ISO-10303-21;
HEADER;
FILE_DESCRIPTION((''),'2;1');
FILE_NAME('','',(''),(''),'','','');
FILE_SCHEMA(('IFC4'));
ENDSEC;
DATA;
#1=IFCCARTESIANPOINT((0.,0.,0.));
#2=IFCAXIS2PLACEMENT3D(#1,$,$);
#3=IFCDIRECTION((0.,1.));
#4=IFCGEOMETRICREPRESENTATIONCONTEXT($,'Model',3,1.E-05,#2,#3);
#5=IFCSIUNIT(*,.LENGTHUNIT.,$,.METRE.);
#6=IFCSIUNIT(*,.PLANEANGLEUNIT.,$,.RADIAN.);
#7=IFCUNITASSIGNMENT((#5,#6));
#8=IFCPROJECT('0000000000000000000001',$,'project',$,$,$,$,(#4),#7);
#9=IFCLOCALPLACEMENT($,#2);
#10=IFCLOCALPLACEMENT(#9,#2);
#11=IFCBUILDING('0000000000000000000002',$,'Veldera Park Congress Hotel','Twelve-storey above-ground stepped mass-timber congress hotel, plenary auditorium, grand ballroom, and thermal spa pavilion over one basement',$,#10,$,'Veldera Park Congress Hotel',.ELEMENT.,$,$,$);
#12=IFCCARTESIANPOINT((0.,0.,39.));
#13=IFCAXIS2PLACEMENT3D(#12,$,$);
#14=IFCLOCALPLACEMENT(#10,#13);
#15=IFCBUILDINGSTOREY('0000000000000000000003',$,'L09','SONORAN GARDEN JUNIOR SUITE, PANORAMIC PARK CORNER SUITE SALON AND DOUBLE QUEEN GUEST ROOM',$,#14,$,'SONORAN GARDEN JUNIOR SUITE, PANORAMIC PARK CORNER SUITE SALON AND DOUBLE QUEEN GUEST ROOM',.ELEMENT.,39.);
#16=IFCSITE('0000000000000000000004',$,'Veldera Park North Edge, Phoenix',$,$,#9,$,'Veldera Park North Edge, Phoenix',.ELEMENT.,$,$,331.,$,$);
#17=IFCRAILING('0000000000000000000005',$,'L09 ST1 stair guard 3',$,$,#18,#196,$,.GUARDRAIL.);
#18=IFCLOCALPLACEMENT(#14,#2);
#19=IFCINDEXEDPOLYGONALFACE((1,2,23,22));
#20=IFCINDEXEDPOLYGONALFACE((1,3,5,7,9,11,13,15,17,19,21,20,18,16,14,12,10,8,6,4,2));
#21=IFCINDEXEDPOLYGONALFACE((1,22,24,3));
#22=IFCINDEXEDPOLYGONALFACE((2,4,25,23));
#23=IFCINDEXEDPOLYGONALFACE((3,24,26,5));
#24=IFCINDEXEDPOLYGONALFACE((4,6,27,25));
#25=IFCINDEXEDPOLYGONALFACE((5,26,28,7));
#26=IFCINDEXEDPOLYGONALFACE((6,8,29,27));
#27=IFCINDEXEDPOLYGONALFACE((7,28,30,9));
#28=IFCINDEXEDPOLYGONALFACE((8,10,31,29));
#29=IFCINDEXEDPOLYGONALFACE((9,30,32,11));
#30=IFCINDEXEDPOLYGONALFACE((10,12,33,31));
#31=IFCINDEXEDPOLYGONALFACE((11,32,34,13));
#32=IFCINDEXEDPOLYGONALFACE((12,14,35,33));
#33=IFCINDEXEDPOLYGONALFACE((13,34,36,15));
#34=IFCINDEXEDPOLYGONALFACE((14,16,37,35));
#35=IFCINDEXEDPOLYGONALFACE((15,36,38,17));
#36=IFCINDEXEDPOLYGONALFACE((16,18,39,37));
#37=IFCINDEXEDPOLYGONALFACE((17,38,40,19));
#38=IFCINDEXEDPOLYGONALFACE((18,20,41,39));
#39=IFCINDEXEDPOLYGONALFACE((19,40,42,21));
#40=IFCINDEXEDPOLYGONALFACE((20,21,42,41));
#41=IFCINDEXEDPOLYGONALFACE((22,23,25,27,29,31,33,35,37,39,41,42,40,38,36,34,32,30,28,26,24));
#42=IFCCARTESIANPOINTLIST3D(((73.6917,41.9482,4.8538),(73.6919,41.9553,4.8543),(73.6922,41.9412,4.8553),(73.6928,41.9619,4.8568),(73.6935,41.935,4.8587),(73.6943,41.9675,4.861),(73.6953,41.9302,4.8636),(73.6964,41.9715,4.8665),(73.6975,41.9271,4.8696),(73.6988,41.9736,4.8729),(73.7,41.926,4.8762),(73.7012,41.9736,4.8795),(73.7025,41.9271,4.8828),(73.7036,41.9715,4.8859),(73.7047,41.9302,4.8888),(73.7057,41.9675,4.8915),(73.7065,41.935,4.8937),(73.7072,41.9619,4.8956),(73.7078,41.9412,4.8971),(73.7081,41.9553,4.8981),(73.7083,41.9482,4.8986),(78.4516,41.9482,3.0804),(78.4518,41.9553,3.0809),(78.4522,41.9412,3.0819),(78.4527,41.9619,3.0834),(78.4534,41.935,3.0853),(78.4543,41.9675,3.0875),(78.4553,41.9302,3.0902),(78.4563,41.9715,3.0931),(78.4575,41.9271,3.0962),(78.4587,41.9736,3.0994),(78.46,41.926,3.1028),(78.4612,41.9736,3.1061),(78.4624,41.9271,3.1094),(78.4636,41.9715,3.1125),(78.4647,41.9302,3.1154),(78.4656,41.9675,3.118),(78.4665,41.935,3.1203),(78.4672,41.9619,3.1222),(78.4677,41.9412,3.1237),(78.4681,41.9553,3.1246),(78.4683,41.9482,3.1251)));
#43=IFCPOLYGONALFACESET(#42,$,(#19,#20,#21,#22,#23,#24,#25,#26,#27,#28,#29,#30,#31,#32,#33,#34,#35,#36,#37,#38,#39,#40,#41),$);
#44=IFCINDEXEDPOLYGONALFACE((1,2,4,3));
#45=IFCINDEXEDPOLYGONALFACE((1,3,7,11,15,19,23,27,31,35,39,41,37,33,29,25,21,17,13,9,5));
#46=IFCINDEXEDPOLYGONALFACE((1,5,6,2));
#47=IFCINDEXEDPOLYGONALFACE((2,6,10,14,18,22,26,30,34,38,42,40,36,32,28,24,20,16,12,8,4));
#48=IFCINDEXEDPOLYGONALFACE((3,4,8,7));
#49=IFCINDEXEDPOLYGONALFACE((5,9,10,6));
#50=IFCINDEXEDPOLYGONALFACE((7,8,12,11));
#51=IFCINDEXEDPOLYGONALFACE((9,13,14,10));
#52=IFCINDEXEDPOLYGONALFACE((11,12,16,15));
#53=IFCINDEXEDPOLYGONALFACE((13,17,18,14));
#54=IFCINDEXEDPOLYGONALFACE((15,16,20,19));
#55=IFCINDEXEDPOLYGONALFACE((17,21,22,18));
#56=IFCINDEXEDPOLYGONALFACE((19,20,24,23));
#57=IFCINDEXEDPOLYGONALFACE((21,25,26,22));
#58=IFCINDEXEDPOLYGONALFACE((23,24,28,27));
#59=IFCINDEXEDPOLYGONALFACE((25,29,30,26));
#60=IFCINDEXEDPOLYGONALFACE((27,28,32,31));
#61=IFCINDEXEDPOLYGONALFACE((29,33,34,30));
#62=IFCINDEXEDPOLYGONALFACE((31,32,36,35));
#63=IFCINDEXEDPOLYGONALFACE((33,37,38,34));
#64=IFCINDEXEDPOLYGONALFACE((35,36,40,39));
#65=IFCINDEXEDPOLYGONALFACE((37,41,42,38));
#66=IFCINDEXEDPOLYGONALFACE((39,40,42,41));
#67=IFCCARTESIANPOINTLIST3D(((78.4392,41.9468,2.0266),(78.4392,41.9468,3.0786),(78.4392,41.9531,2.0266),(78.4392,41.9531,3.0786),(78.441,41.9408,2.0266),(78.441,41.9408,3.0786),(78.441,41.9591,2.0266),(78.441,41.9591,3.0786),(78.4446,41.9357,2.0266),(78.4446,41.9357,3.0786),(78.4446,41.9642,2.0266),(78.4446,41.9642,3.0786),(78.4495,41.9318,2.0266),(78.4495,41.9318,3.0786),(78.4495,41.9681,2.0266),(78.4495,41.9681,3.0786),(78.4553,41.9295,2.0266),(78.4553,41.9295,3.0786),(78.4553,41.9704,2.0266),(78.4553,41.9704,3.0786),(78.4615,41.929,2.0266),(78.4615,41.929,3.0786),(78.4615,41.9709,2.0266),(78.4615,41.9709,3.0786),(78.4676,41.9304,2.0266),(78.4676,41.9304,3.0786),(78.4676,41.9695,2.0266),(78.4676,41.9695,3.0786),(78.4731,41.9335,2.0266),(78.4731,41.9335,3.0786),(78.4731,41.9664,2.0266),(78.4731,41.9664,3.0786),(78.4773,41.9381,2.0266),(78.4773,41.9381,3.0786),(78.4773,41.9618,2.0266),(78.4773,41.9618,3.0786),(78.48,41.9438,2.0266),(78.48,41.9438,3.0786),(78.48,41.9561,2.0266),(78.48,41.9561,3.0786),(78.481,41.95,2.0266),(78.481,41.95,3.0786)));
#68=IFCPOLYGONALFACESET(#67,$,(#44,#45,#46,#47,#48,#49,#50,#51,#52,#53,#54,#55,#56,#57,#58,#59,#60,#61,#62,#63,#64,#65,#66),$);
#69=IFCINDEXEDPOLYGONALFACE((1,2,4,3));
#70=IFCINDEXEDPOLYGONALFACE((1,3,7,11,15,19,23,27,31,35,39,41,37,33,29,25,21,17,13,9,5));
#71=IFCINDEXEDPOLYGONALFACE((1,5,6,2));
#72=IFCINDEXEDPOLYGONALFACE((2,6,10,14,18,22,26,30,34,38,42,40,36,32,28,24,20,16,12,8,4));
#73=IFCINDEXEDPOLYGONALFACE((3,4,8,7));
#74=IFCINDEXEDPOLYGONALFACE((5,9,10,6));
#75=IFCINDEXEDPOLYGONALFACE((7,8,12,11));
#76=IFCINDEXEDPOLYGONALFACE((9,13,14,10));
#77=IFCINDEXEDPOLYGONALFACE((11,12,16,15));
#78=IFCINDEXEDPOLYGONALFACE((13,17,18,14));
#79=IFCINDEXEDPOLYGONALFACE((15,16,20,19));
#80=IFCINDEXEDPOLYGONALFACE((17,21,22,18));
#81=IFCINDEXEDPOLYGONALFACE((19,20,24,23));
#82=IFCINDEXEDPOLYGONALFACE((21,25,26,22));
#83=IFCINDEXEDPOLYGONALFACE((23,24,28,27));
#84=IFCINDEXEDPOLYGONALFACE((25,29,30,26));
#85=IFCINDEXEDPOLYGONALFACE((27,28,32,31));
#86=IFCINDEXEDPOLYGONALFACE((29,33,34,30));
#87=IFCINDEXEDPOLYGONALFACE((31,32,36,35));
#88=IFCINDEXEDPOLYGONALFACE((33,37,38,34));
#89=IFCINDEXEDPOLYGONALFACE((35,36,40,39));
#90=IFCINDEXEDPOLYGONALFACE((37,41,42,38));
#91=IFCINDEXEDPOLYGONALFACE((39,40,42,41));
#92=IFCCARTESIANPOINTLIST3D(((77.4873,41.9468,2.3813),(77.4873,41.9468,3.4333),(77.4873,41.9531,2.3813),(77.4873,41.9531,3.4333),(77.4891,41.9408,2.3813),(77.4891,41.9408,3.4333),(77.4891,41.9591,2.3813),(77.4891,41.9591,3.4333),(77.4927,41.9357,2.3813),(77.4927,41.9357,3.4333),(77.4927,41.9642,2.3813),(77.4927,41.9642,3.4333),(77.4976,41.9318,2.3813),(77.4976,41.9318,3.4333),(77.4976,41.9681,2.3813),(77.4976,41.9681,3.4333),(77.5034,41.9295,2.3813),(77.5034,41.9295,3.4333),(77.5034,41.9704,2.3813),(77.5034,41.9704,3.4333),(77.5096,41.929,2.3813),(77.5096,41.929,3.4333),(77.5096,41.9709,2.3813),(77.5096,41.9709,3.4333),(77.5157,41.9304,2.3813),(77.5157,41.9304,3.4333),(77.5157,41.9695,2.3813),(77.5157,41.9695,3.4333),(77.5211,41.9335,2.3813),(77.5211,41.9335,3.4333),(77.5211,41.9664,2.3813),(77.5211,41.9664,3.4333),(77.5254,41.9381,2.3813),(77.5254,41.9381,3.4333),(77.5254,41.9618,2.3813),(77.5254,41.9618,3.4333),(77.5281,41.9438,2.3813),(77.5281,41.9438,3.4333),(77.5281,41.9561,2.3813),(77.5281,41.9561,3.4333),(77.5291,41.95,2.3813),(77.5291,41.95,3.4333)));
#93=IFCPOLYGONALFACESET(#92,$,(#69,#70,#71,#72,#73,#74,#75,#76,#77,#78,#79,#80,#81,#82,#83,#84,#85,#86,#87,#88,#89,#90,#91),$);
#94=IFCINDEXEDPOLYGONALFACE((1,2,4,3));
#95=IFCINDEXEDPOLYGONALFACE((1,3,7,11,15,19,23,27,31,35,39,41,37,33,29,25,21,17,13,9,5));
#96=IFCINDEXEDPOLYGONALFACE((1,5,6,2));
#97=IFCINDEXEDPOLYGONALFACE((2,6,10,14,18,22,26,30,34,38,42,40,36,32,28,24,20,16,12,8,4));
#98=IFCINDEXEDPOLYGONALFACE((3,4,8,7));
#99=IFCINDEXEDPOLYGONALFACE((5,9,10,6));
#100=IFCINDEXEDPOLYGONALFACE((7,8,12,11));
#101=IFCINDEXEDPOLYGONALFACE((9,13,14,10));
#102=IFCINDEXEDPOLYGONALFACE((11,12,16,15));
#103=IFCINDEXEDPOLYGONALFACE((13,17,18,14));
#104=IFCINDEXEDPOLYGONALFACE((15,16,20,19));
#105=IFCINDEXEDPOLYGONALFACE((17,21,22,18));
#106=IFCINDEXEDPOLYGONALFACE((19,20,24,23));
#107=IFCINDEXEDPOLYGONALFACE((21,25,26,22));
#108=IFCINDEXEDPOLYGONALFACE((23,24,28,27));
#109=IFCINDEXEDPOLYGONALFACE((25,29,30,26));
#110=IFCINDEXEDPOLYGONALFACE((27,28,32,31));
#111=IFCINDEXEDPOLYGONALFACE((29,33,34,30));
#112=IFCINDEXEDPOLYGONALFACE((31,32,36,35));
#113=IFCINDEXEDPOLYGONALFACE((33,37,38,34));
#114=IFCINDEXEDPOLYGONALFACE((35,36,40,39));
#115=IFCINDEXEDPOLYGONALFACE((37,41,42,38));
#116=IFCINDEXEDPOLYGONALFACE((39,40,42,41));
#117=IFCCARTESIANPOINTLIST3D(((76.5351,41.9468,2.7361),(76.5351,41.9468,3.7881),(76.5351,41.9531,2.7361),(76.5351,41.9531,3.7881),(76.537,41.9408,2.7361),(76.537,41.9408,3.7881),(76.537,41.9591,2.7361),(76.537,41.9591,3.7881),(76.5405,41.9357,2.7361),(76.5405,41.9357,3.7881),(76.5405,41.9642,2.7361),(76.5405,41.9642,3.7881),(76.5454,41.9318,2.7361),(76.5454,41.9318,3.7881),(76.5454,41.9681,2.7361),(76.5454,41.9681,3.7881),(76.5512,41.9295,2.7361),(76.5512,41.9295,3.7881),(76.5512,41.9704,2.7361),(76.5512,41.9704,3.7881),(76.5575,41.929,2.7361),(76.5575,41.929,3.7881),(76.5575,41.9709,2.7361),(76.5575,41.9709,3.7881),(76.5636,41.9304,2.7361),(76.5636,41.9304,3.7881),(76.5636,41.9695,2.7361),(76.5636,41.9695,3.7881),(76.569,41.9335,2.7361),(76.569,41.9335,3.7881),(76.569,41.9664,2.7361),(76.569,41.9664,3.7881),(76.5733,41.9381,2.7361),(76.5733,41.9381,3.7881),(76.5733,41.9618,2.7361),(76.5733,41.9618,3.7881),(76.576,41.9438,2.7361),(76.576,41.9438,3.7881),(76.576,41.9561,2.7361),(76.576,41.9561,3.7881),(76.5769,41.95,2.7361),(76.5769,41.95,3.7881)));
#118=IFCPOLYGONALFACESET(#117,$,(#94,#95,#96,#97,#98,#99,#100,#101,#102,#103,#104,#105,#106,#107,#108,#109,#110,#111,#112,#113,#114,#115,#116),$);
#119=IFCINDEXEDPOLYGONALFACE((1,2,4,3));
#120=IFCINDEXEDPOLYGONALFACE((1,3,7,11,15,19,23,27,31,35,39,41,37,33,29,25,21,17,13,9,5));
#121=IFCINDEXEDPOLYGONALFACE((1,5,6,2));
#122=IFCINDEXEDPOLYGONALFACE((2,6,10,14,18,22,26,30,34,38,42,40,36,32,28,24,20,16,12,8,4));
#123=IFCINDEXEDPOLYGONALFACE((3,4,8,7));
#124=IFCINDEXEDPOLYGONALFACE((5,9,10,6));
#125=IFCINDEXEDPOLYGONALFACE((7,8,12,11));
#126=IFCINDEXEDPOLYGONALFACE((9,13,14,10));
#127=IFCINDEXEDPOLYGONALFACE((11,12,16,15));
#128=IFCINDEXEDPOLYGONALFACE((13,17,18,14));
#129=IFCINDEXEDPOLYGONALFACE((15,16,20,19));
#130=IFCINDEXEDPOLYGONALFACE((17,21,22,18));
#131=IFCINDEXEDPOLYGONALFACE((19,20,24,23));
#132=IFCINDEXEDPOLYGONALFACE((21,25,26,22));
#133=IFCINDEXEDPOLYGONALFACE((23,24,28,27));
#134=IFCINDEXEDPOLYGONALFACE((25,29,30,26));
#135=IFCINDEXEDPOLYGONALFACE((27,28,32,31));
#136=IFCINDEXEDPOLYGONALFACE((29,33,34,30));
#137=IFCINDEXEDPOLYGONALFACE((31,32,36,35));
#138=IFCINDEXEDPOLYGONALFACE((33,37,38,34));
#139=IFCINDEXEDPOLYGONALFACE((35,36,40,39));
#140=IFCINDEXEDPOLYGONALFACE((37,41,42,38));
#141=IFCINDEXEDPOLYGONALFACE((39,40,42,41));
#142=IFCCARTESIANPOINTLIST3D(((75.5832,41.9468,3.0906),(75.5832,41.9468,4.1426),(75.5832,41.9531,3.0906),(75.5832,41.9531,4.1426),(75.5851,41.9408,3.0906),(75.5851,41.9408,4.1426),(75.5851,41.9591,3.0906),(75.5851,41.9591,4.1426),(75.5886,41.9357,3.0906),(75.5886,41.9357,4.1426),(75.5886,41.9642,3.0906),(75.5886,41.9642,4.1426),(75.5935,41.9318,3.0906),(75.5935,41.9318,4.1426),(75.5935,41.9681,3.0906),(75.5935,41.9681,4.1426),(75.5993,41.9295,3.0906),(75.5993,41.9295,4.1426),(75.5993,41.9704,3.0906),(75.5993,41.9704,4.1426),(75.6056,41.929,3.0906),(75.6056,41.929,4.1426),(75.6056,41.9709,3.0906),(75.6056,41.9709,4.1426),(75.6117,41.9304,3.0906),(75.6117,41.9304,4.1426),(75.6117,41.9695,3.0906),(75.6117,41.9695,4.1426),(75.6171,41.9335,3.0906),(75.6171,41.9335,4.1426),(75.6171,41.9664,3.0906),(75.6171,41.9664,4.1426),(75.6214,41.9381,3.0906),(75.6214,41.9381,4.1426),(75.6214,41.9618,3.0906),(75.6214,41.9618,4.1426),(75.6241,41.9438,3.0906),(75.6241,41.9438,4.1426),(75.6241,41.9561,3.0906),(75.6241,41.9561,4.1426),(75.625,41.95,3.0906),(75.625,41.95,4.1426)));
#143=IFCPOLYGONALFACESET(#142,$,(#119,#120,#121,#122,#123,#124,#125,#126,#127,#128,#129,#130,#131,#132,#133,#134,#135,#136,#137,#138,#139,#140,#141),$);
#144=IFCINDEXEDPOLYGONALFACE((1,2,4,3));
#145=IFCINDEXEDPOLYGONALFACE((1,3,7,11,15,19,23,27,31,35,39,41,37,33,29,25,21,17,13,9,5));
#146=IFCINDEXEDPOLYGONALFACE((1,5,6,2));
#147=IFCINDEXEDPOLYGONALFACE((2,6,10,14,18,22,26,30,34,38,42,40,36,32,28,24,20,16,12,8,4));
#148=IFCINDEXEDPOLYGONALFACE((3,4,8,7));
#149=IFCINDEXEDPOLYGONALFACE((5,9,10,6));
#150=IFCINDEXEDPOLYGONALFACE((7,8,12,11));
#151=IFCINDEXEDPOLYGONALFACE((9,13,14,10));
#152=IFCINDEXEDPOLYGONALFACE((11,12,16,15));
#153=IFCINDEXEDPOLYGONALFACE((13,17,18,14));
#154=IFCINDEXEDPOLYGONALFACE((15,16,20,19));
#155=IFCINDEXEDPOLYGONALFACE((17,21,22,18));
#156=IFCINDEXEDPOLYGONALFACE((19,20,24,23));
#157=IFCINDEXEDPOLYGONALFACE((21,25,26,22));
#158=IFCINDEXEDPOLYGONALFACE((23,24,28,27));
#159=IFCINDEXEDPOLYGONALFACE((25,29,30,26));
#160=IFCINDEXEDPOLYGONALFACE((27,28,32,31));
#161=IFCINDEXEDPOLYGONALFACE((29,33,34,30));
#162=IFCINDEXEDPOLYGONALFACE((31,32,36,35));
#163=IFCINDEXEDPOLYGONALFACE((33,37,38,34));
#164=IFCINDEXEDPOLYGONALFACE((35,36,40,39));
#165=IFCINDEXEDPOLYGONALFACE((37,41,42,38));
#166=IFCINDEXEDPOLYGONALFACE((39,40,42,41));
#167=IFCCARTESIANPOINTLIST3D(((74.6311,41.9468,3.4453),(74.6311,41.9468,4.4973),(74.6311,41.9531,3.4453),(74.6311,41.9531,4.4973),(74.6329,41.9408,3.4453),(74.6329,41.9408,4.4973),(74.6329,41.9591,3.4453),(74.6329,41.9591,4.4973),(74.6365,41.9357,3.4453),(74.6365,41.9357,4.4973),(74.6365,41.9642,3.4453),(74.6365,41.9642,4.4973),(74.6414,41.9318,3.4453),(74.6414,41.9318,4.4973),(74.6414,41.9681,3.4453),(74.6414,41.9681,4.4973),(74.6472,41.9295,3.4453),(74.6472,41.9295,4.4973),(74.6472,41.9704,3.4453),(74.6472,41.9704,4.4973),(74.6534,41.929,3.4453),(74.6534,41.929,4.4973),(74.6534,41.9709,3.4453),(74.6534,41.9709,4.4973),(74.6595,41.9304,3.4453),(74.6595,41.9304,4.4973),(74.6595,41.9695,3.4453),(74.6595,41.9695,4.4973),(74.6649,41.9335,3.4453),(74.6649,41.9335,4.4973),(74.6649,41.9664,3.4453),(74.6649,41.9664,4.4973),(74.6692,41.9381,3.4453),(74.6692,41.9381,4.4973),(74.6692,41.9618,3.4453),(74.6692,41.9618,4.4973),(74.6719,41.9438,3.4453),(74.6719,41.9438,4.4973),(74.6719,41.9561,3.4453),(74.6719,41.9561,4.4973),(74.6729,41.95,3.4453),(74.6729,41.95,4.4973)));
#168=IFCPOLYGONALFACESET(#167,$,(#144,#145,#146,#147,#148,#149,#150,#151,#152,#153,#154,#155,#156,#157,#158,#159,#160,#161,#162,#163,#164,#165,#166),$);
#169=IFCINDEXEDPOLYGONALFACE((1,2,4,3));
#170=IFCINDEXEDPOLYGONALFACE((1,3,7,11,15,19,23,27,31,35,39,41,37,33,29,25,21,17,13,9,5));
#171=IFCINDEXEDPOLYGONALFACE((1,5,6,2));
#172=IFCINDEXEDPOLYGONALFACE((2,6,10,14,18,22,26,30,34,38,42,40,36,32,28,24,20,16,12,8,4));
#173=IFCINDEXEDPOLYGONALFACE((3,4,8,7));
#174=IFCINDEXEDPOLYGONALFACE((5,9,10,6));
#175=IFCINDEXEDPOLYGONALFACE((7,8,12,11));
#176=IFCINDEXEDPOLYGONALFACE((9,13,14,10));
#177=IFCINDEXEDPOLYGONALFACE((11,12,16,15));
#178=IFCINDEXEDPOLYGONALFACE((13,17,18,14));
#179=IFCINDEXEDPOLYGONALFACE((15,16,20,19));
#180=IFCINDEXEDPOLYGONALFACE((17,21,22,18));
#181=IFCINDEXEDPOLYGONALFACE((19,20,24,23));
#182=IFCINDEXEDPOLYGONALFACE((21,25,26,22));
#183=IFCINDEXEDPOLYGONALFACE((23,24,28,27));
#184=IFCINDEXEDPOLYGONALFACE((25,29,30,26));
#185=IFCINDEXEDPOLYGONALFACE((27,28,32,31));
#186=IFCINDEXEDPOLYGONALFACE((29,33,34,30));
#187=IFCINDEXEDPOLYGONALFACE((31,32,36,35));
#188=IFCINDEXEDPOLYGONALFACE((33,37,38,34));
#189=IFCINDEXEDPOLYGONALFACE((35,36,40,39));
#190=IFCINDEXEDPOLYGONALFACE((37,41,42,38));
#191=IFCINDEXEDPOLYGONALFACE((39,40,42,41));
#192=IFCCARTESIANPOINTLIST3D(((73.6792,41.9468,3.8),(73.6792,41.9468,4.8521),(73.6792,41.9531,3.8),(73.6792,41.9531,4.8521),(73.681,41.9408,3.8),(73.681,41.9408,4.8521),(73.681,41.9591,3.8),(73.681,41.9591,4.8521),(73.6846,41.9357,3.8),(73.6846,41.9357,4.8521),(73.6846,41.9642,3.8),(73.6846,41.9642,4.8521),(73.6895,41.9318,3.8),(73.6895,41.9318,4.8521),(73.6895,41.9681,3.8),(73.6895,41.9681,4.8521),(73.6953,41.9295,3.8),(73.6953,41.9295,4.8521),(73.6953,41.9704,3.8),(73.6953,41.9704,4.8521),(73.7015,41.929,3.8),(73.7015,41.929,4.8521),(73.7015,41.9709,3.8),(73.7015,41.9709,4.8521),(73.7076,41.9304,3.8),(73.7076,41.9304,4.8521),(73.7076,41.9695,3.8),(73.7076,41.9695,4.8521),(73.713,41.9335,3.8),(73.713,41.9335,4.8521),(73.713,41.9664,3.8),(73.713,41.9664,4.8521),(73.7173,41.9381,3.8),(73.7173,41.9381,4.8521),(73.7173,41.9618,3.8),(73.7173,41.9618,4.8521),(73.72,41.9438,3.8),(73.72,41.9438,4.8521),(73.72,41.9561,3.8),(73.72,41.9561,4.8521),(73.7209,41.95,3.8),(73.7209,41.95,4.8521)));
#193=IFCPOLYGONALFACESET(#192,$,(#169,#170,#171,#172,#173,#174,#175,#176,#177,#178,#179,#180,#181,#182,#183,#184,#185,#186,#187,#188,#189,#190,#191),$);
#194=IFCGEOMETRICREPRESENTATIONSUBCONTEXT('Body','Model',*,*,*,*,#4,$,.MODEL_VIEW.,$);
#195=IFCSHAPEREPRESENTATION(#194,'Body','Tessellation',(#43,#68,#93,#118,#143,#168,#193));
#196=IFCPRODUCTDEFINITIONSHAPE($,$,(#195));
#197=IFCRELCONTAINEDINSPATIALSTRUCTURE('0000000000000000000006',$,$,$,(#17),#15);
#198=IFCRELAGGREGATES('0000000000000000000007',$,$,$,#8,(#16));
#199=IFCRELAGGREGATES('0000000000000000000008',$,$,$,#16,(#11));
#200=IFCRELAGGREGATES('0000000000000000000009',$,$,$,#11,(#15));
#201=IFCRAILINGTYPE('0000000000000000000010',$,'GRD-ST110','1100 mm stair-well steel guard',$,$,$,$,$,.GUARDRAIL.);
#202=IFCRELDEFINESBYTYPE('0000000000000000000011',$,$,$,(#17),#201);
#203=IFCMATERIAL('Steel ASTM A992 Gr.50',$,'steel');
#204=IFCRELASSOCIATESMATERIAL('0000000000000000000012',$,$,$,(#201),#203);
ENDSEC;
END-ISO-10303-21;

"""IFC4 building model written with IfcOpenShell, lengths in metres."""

from ifc_helpers import new_model, si_unit, direction, frame, origin, origin_2d, place, context, subcontext, project, spatial, circle, extrude, material, type_object, element, save


model = new_model("IFC4")

# Units and contexts
model_context = context("Model", 3, precision=1e-05, world=origin(), true_north=direction((0.0, 1.0)))
body_context = subcontext(model_context, "Body", "Model", "MODEL_VIEW")
ifc_project = project(units=[si_unit("LENGTHUNIT", "METRE"), si_unit("PLANEANGLEUNIT", "RADIAN")], contexts=[model_context])

# Site, building, storey
site_placement = place(None, origin())
site = spatial("IfcSite", under=ifc_project, at=site_placement, Name="Veldera Park North Edge, Phoenix", LongName="Veldera Park North Edge, Phoenix", CompositionType="ELEMENT", RefElevation=331.0)
building_placement = place(site_placement, origin())
building = spatial("IfcBuilding", under=site, at=building_placement, Name="Veldera Park Congress Hotel", Description="Twelve-storey above-ground stepped mass-timber congress hotel, plenary auditorium, grand ballroom, and thermal spa pavilion over one basement", LongName="Veldera Park Congress Hotel", CompositionType="ELEMENT")
storey_placement = place(building_placement, frame((0.0, 0.0, 39.0)))
storey = spatial("IfcBuildingStorey", under=building, at=storey_placement, Name="L09", Description="SONORAN GARDEN JUNIOR SUITE, PANORAMIC PARK CORNER SUITE SALON AND DOUBLE QUEEN GUEST ROOM", LongName="SONORAN GARDEN JUNIOR SUITE, PANORAMIC PARK CORNER SUITE SALON AND DOUBLE QUEEN GUEST ROOM", CompositionType="ELEMENT", Elevation=39.0)

# Railing
ifc_material_1 = material(Name="Steel ASTM A992 Gr.50", Category="steel")
railing_type_1 = type_object("IfcRailingType", Name="GRD-ST110", Description="1100 mm stair-well steel guard", PredefinedType="GUARDRAIL", material=ifc_material_1)
railing_1_placement = place(storey_placement, frame((78.46, 41.95, 2.0266)))
element("IfcRailing", 1, at=railing_1_placement, inside=storey, type_object=railing_type_1, Name="L09 ST1 stair guard 3", PredefinedType="GUARDRAIL", context=body_context, shape_type="SweptSolid", body=[
    extrude(circle(Radius=0.0239, at=origin_2d()), frame((0.0, 0.0, 1.0762), z_axis=(-0.937076, 0.0, 0.349126), x_axis=(0.0, -1.0, 0.0)), (0.0, 0.0, 1.0), 5.0796),
    extrude(circle(Radius=0.021, at=origin_2d()), origin(), (0.0, 0.0, 1.0), 1.052),
    extrude(circle(Radius=0.021, at=origin_2d()), frame((-0.9519, 0.0, 0.3547)), (0.0, 0.0, 1.0), 1.052),
    extrude(circle(Radius=0.021, at=origin_2d()), frame((-1.9041, 0.0, 0.7095)), (0.0, 0.0, 1.0), 1.052),
    extrude(circle(Radius=0.021, at=origin_2d()), frame((-2.856, 0.0, 1.064)), (0.0, 0.0, 1.0), 1.052),
    extrude(circle(Radius=0.021, at=origin_2d()), frame((-3.8081, 0.0, 1.4187)), (0.0, 0.0, 1.0), 1.052),
    extrude(circle(Radius=0.021, at=origin_2d()), frame((-4.76, 0.0, 1.7734)), (0.0, 0.0, 1.0), 1.052),
])

save(model, "model.ifc")
